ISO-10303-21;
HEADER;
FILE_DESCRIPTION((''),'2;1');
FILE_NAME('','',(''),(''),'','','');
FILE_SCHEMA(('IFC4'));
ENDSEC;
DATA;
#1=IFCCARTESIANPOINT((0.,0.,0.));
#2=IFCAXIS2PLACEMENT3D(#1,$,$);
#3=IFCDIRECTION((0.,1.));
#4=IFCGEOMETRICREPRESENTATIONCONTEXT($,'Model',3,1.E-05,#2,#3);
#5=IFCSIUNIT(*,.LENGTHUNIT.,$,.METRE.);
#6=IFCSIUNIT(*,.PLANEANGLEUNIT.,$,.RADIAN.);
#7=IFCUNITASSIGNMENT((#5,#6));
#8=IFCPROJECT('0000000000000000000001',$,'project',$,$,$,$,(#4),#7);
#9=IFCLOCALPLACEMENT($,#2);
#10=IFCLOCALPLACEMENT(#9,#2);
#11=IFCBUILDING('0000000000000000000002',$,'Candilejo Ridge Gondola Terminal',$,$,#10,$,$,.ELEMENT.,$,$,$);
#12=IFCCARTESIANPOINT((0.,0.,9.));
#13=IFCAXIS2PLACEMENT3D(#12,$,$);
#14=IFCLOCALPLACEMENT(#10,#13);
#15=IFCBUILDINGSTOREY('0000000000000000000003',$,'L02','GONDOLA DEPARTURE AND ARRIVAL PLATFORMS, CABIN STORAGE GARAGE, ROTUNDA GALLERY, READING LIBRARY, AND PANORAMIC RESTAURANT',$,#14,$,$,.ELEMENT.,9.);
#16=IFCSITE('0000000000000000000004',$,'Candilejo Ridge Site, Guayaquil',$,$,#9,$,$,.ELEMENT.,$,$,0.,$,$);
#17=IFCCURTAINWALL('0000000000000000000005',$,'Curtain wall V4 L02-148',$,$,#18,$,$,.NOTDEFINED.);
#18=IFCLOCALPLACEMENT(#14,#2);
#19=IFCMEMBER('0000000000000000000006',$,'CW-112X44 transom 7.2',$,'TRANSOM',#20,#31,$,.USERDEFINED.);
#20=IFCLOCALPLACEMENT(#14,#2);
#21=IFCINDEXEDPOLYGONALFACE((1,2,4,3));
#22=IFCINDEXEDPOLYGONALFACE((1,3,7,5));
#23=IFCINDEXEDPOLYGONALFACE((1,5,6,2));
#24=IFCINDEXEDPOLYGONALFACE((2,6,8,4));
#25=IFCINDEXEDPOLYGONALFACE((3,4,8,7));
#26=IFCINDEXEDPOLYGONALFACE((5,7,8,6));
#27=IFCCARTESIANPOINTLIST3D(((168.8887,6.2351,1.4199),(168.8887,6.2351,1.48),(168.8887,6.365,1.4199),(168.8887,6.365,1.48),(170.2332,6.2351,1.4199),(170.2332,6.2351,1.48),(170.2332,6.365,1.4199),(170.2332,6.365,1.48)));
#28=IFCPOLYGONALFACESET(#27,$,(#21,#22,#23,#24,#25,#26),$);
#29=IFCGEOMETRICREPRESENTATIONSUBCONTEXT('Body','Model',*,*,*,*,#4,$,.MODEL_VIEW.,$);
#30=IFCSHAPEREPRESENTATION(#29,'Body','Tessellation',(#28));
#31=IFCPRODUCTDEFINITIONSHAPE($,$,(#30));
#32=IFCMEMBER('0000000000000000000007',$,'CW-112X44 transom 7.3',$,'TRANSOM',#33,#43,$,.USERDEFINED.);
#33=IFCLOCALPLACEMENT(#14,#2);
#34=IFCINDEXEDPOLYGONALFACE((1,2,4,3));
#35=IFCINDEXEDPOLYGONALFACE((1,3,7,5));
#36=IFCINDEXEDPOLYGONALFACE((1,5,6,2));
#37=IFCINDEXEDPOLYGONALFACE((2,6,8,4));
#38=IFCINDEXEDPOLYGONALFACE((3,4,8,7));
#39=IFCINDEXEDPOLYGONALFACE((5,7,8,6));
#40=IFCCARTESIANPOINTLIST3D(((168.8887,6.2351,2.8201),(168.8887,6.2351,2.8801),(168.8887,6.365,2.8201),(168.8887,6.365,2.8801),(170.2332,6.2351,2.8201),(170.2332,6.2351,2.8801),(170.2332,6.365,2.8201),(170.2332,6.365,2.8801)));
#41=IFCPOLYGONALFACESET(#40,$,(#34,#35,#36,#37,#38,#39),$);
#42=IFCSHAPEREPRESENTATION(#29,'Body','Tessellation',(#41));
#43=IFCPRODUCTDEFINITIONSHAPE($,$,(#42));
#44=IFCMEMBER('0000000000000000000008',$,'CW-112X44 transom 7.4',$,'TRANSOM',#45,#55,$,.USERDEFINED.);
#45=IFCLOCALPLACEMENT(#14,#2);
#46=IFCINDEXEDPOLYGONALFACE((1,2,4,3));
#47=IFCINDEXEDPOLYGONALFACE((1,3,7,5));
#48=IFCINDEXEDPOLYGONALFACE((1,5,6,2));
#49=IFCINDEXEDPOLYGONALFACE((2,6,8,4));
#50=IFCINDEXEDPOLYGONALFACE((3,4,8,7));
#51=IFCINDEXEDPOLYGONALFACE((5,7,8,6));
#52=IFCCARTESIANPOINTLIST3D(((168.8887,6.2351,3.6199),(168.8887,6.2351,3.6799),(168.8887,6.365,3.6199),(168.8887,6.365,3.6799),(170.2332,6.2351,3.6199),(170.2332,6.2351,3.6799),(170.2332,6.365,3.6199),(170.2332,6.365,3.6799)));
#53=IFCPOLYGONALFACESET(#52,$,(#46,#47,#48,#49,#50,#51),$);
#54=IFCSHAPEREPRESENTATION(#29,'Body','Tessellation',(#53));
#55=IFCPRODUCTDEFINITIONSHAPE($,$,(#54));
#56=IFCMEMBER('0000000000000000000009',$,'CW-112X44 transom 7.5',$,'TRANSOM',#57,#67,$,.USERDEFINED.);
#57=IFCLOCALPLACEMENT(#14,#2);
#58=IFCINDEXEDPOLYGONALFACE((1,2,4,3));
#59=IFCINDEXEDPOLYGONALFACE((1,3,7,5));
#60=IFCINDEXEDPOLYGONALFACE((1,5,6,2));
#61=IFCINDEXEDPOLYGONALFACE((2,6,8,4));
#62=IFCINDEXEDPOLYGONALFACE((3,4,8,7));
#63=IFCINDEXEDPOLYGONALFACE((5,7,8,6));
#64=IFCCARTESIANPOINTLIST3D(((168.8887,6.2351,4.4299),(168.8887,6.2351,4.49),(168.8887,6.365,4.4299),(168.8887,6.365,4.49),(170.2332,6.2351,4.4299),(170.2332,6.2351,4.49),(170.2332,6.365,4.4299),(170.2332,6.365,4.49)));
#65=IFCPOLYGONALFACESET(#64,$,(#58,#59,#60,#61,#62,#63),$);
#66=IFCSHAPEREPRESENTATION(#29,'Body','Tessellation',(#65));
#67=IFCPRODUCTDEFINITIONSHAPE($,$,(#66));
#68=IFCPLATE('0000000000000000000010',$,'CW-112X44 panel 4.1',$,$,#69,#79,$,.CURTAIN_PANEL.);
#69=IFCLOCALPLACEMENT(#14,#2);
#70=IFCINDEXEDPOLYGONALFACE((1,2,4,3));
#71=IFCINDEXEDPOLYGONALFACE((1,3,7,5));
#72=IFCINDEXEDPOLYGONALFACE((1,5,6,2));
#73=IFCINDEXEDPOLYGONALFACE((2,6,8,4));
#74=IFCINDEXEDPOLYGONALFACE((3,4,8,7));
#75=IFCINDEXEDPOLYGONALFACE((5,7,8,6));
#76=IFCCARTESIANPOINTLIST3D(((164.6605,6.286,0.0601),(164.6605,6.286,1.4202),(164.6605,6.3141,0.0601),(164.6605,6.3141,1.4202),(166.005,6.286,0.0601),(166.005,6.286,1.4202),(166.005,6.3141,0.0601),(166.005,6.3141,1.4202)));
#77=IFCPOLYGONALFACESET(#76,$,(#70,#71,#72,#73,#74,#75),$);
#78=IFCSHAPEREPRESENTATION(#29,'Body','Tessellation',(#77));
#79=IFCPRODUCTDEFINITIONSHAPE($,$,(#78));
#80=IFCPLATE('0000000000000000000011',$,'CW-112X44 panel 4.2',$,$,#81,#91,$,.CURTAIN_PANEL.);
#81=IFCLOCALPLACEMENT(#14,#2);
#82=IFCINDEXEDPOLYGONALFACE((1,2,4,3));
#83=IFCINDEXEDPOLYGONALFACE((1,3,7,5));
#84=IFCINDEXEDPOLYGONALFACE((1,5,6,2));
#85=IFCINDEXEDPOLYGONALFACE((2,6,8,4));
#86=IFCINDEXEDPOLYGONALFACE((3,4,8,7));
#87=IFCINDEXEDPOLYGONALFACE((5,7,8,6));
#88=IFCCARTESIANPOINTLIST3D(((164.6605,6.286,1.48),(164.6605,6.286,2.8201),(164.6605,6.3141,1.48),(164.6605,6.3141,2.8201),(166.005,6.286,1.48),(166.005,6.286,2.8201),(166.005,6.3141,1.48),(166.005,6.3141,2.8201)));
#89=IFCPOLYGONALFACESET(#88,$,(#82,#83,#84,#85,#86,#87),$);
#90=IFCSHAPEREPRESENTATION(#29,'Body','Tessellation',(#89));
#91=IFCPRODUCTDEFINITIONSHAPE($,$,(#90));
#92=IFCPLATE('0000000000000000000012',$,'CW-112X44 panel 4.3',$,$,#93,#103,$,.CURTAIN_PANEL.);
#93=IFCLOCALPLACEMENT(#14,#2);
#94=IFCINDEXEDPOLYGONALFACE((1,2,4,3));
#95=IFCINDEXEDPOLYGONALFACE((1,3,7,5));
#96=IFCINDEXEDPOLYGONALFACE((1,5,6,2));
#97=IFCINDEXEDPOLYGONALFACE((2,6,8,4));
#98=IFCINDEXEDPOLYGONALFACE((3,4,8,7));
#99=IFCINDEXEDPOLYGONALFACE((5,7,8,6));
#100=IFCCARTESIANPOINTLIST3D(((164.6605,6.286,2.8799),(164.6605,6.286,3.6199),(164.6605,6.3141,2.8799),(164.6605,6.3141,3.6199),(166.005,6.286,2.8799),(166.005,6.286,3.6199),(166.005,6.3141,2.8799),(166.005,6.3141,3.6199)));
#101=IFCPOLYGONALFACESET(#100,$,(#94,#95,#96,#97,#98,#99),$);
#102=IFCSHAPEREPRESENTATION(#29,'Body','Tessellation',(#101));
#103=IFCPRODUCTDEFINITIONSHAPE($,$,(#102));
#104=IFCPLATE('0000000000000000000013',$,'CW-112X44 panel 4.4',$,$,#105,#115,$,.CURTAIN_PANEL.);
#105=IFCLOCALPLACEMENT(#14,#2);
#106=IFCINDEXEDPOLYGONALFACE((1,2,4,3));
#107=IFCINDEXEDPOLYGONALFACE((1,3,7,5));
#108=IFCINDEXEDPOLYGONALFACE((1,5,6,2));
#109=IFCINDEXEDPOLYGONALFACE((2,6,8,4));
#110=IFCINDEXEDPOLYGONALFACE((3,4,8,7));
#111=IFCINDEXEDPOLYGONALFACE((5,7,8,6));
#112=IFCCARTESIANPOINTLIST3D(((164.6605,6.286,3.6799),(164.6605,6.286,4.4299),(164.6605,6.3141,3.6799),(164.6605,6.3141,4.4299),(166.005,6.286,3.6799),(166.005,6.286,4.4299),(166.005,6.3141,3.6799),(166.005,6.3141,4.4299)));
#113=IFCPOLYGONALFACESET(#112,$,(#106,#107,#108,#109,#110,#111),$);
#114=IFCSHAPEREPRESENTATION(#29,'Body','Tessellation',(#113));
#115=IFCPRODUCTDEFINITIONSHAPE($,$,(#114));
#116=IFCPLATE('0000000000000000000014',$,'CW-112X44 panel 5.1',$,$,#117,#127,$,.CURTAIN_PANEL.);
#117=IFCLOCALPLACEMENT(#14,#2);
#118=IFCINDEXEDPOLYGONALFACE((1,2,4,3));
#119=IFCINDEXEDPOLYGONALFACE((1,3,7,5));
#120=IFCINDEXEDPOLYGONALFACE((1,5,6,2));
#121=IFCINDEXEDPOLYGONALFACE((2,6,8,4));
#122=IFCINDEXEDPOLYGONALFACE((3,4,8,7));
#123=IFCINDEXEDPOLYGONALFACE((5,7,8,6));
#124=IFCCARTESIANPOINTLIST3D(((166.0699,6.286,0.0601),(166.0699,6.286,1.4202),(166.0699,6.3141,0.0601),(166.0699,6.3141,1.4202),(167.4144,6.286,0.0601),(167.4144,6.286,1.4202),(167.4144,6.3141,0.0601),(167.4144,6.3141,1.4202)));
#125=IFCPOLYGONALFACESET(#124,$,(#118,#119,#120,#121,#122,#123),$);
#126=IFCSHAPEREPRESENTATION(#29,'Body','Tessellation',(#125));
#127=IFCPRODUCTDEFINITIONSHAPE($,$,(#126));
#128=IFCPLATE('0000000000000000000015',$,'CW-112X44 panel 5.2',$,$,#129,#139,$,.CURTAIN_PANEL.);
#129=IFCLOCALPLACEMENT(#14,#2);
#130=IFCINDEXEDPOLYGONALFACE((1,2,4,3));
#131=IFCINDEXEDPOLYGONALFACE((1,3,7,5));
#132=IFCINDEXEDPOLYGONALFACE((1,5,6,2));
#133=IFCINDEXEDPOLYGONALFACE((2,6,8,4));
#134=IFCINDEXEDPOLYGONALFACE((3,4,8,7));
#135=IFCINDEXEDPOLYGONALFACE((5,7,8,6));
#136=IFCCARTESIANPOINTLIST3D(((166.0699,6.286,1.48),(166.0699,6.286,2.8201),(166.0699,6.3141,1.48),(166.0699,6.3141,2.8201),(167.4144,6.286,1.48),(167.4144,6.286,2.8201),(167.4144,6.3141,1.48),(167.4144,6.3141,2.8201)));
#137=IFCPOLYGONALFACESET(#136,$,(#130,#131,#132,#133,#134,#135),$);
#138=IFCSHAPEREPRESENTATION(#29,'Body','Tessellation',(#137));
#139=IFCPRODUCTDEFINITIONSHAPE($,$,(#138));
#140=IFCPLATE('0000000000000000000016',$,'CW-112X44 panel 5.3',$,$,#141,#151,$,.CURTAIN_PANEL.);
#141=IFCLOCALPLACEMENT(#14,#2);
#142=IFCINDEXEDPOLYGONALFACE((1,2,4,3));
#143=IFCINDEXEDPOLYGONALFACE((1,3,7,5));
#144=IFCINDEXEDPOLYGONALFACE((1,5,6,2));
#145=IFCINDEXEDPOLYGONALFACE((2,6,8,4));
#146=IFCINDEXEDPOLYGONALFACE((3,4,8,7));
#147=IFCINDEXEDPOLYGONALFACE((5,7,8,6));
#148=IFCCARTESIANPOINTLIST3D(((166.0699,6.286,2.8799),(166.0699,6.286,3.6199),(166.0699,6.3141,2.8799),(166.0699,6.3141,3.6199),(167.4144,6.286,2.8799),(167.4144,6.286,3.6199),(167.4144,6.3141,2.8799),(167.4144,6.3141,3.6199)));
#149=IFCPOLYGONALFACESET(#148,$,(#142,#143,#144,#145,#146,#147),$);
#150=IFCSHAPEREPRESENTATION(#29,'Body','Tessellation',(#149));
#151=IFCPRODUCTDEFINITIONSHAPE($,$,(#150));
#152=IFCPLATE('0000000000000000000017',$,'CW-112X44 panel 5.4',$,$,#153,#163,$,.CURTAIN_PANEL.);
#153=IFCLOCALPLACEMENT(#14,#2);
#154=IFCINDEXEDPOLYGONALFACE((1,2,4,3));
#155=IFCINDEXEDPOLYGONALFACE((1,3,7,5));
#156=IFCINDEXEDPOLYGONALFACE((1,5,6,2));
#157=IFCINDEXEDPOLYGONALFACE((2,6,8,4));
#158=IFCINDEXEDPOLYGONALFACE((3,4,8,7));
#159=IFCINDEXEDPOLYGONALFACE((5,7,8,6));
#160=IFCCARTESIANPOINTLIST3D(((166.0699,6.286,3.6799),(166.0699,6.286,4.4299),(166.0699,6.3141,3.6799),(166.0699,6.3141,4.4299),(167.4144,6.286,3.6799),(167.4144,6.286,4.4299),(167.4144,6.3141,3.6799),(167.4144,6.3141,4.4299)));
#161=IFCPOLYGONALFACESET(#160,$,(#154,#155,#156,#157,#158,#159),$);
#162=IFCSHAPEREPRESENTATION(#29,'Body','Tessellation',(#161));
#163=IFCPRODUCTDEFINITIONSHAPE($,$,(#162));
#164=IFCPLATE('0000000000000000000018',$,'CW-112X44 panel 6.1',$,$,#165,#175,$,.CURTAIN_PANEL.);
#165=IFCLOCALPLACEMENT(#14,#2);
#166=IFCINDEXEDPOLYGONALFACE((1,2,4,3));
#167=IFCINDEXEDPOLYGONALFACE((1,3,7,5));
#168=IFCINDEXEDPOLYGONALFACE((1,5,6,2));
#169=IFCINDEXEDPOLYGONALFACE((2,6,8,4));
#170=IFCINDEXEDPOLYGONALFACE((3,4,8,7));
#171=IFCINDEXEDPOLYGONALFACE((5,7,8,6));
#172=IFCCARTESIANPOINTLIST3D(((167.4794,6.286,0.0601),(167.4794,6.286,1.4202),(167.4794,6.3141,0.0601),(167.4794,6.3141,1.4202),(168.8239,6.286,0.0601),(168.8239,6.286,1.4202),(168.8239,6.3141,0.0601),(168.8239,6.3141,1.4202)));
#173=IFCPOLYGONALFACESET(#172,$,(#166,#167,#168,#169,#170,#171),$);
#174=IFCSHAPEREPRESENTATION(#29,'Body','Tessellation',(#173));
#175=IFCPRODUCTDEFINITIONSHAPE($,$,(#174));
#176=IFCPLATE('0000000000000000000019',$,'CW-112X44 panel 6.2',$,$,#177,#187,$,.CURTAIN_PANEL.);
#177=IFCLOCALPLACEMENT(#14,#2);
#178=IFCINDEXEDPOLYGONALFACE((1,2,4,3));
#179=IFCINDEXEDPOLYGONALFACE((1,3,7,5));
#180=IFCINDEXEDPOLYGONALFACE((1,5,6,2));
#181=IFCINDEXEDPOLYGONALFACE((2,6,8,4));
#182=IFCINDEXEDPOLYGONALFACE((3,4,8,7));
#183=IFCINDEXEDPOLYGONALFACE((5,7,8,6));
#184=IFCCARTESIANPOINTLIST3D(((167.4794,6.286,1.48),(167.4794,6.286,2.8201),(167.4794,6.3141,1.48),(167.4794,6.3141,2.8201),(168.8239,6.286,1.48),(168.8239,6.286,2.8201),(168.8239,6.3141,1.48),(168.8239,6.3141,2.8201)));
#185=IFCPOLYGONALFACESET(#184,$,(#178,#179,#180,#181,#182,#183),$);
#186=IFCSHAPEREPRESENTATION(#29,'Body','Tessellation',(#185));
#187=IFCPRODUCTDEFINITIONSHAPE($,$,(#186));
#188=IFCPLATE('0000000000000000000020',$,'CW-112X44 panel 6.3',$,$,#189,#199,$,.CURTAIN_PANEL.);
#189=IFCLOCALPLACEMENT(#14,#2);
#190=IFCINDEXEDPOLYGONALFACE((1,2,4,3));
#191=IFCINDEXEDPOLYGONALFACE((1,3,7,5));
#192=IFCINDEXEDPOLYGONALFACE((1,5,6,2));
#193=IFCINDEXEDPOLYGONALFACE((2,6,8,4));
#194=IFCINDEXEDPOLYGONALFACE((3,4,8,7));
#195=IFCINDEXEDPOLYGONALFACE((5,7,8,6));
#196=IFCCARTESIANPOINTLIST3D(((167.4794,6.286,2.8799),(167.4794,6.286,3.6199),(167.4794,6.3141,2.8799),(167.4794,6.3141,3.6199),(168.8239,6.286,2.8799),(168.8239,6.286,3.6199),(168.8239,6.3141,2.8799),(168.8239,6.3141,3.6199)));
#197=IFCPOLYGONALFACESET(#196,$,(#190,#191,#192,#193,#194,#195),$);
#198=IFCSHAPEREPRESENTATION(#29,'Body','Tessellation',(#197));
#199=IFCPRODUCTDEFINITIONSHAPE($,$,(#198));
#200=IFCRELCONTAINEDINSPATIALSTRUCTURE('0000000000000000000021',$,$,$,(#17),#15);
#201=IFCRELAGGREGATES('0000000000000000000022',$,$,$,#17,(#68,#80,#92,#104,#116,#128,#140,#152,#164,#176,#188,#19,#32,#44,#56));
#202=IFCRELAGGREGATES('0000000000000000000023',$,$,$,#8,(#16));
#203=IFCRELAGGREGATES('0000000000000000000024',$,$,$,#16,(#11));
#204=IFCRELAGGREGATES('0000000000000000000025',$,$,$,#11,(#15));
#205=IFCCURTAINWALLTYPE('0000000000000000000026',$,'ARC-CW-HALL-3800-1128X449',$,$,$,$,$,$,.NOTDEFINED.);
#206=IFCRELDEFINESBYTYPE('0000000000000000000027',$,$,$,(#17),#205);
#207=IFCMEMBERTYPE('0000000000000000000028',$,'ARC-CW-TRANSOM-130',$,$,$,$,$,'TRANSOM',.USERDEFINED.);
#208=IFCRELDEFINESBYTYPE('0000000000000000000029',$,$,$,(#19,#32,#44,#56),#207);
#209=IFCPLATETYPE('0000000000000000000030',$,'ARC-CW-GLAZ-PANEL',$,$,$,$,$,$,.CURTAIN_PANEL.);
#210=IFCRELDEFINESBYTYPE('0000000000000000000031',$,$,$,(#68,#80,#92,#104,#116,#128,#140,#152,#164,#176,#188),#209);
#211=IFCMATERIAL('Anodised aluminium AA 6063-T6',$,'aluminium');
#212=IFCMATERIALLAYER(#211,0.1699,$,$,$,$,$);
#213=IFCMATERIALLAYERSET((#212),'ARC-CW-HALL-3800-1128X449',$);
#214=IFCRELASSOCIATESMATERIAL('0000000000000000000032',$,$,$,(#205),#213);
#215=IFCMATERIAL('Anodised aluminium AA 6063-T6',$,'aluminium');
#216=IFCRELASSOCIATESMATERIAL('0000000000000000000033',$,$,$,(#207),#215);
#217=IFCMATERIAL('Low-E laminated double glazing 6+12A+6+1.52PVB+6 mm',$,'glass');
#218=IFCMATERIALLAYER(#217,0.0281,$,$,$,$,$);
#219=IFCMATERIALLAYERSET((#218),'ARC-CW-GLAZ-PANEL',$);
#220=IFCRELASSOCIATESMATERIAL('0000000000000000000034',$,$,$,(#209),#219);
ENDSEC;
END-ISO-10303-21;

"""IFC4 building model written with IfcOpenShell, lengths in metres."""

from ifc_helpers import new_model, si_unit, direction, frame, origin, origin_2d, place, context, subcontext, project, spatial, rectangle, extrude, material, layer, layer_set, material_profile, profile_set, type_object, element, aggregate, save


model = new_model("IFC4")

# Units and contexts
model_context = context("Model", 3, precision=1e-05, world=origin(), true_north=direction((0.0, 1.0)))
body_context = subcontext(model_context, "Body", "Model", "MODEL_VIEW")
ifc_project = project(units=[si_unit("LENGTHUNIT", "METRE"), si_unit("PLANEANGLEUNIT", "RADIAN")], contexts=[model_context])

# Site, building, storey
site_placement = place(None, origin())
site = spatial("IfcSite", under=ifc_project, at=site_placement, Name="Candilejo Ridge Site, Guayaquil", CompositionType="ELEMENT", RefElevation=0.0)
building_placement = place(site_placement, origin())
building = spatial("IfcBuilding", under=site, at=building_placement, Name="Candilejo Ridge Gondola Terminal", CompositionType="ELEMENT")
storey_placement = place(building_placement, frame((0.0, 0.0, 9.0)))
storey = spatial("IfcBuildingStorey", under=building, at=storey_placement, Name="L02", Description="GONDOLA DEPARTURE AND ARRIVAL PLATFORMS, CABIN STORAGE GARAGE, ROTUNDA GALLERY, READING LIBRARY, AND PANORAMIC RESTAURANT", CompositionType="ELEMENT", Elevation=9.0)

# Curtain wall, members, plates
ifc_material_1 = material(Name="Anodised aluminium AA 6063-T6", Category="aluminium")
ifc_layer_1 = layer(ifc_material_1, 0.1699)
ifc_layer_set_1 = layer_set([ifc_layer_1], Name="ARC-CW-HALL-3800-1128X449")
curtain_wall_type = type_object("IfcCurtainWallType", Name="ARC-CW-HALL-3800-1128X449", PredefinedType="NOTDEFINED", material=ifc_layer_set_1)
curtain_wall_placement = place(storey_placement, origin())
curtain_wall = element("IfcCurtainWall", 1, at=curtain_wall_placement, inside=storey, type_object=curtain_wall_type, Name="Curtain wall V4 L02-148", PredefinedType="NOTDEFINED")
ifc_material_2 = material(Name="Anodised aluminium AA 6063-T6", Category="aluminium")
ifc_material_profile_1 = material_profile(ifc_material_2, rectangle(XDim=0.1299, YDim=0.0601, at=origin_2d()))
ifc_profile_set_1 = profile_set([ifc_material_profile_1], Name="Anodised aluminium AA 6063-T6")
member_type_1 = type_object("IfcMemberType", Name="ARC-CW-TRANSOM-130", ElementType="TRANSOM", PredefinedType="USERDEFINED", material=ifc_profile_set_1)
member_1_placement = place(storey_placement, frame((168.8887, 6.3, 1.45), z_axis=(1.0, 0.0, 0.0), x_axis=(0.0, 1.0, 0.0)))
member_1 = element("IfcMember", 2, at=member_1_placement, type_object=member_type_1, Name="CW-112X44 transom 7.2", ObjectType="TRANSOM", PredefinedType="USERDEFINED", context=body_context, shape_type="SweptSolid", body=[
    extrude(rectangle(XDim=0.1299, YDim=0.0601, at=origin_2d()), origin(), (0.0, 0.0, 1.0), 1.3445),
])
member_2_placement = place(storey_placement, frame((168.8887, 6.3, 2.8501), z_axis=(1.0, 0.0, 0.0), x_axis=(0.0, 1.0, 0.0)))
member_2 = element("IfcMember", 3, at=member_2_placement, type_object=member_type_1, Name="CW-112X44 transom 7.3", ObjectType="TRANSOM", PredefinedType="USERDEFINED", context=body_context, shape_type="SweptSolid", body=[
    extrude(rectangle(XDim=0.1299, YDim=0.0601, at=origin_2d()), origin(), (0.0, 0.0, 1.0), 1.3445),
])
member_3_placement = place(storey_placement, frame((168.8887, 6.3, 3.6499), z_axis=(1.0, 0.0, 0.0), x_axis=(0.0, 1.0, 0.0)))
member_3 = element("IfcMember", 4, at=member_3_placement, type_object=member_type_1, Name="CW-112X44 transom 7.4", ObjectType="TRANSOM", PredefinedType="USERDEFINED", context=body_context, shape_type="SweptSolid", body=[
    extrude(rectangle(XDim=0.1299, YDim=0.0601, at=origin_2d()), origin(), (0.0, 0.0, 1.0), 1.3445),
])
member_4_placement = place(storey_placement, frame((168.8887, 6.3, 4.46), z_axis=(1.0, 0.0, 0.0), x_axis=(0.0, 1.0, 0.0)))
member_4 = element("IfcMember", 5, at=member_4_placement, type_object=member_type_1, Name="CW-112X44 transom 7.5", ObjectType="TRANSOM", PredefinedType="USERDEFINED", context=body_context, shape_type="SweptSolid", body=[
    extrude(rectangle(XDim=0.1299, YDim=0.0601, at=origin_2d()), origin(), (0.0, 0.0, 1.0), 1.3445),
])
ifc_material_3 = material(Name="Low-E laminated double glazing 6+12A+6+1.52PVB+6 mm", Category="glass")
ifc_layer_2 = layer(ifc_material_3, 0.0281)
ifc_layer_set_2 = layer_set([ifc_layer_2], Name="ARC-CW-GLAZ-PANEL")
plate_type = type_object("IfcPlateType", Name="ARC-CW-GLAZ-PANEL", PredefinedType="CURTAIN_PANEL", material=ifc_layer_set_2)
plate_1_placement = place(storey_placement, frame((165.3328, 6.3, 0.0601), z_axis=(0.0, 0.0, 1.0), x_axis=(1.0, 0.0, 0.0)))
plate_1 = element("IfcPlate", 6, at=plate_1_placement, type_object=plate_type, Name="CW-112X44 panel 4.1", PredefinedType="CURTAIN_PANEL", context=body_context, shape_type="SweptSolid", body=[
    extrude(rectangle(XDim=1.3445, YDim=0.0281, at=origin_2d()), origin(), (0.0, 0.0, 1.0), 1.3601),
])
plate_2_placement = place(storey_placement, frame((165.3328, 6.3, 1.48), z_axis=(0.0, 0.0, 1.0), x_axis=(1.0, 0.0, 0.0)))
plate_2 = element("IfcPlate", 7, at=plate_2_placement, type_object=plate_type, Name="CW-112X44 panel 4.2", PredefinedType="CURTAIN_PANEL", context=body_context, shape_type="SweptSolid", body=[
    extrude(rectangle(XDim=1.3445, YDim=0.0281, at=origin_2d()), origin(), (0.0, 0.0, 1.0), 1.3401),
])
plate_3_placement = place(storey_placement, frame((165.3328, 6.3, 2.8799), z_axis=(0.0, 0.0, 1.0), x_axis=(1.0, 0.0, 0.0)))
plate_3 = element("IfcPlate", 8, at=plate_3_placement, type_object=plate_type, Name="CW-112X44 panel 4.3", PredefinedType="CURTAIN_PANEL", context=body_context, shape_type="SweptSolid", body=[
    extrude(rectangle(XDim=1.3445, YDim=0.0281, at=origin_2d()), origin(), (0.0, 0.0, 1.0), 0.74),
])
plate_4_placement = place(storey_placement, frame((165.3328, 6.3, 3.6799), z_axis=(0.0, 0.0, 1.0), x_axis=(1.0, 0.0, 0.0)))
plate_4 = element("IfcPlate", 9, at=plate_4_placement, type_object=plate_type, Name="CW-112X44 panel 4.4", PredefinedType="CURTAIN_PANEL", context=body_context, shape_type="SweptSolid", body=[
    extrude(rectangle(XDim=1.3445, YDim=0.0281, at=origin_2d()), origin(), (0.0, 0.0, 1.0), 0.75),
])
plate_5_placement = place(storey_placement, frame((166.7422, 6.3, 0.0601), z_axis=(0.0, 0.0, 1.0), x_axis=(1.0, 0.0, 0.0)))
plate_5 = element("IfcPlate", 10, at=plate_5_placement, type_object=plate_type, Name="CW-112X44 panel 5.1", PredefinedType="CURTAIN_PANEL", context=body_context, shape_type="SweptSolid", body=[
    extrude(rectangle(XDim=1.3445, YDim=0.0281, at=origin_2d()), origin(), (0.0, 0.0, 1.0), 1.3601),
])
plate_6_placement = place(storey_placement, frame((166.7422, 6.3, 1.48), z_axis=(0.0, 0.0, 1.0), x_axis=(1.0, 0.0, 0.0)))
plate_6 = element("IfcPlate", 11, at=plate_6_placement, type_object=plate_type, Name="CW-112X44 panel 5.2", PredefinedType="CURTAIN_PANEL", context=body_context, shape_type="SweptSolid", body=[
    extrude(rectangle(XDim=1.3445, YDim=0.0281, at=origin_2d()), origin(), (0.0, 0.0, 1.0), 1.3401),
])
plate_7_placement = place(storey_placement, frame((166.7422, 6.3, 2.8799), z_axis=(0.0, 0.0, 1.0), x_axis=(1.0, 0.0, 0.0)))
plate_7 = element("IfcPlate", 12, at=plate_7_placement, type_object=plate_type, Name="CW-112X44 panel 5.3", PredefinedType="CURTAIN_PANEL", context=body_context, shape_type="SweptSolid", body=[
    extrude(rectangle(XDim=1.3445, YDim=0.0281, at=origin_2d()), origin(), (0.0, 0.0, 1.0), 0.74),
])
plate_8_placement = place(storey_placement, frame((166.7422, 6.3, 3.6799), z_axis=(0.0, 0.0, 1.0), x_axis=(1.0, 0.0, 0.0)))
plate_8 = element("IfcPlate", 13, at=plate_8_placement, type_object=plate_type, Name="CW-112X44 panel 5.4", PredefinedType="CURTAIN_PANEL", context=body_context, shape_type="SweptSolid", body=[
    extrude(rectangle(XDim=1.3445, YDim=0.0281, at=origin_2d()), origin(), (0.0, 0.0, 1.0), 0.75),
])
plate_9_placement = place(storey_placement, frame((168.1516, 6.3, 0.0601), z_axis=(0.0, 0.0, 1.0), x_axis=(1.0, 0.0, 0.0)))
plate_9 = element("IfcPlate", 14, at=plate_9_placement, type_object=plate_type, Name="CW-112X44 panel 6.1", PredefinedType="CURTAIN_PANEL", context=body_context, shape_type="SweptSolid", body=[
    extrude(rectangle(XDim=1.3445, YDim=0.0281, at=origin_2d()), origin(), (0.0, 0.0, 1.0), 1.3601),
])
plate_10_placement = place(storey_placement, frame((168.1516, 6.3, 1.48), z_axis=(0.0, 0.0, 1.0), x_axis=(1.0, 0.0, 0.0)))
plate_10 = element("IfcPlate", 15, at=plate_10_placement, type_object=plate_type, Name="CW-112X44 panel 6.2", PredefinedType="CURTAIN_PANEL", context=body_context, shape_type="SweptSolid", body=[
    extrude(rectangle(XDim=1.3445, YDim=0.0281, at=origin_2d()), origin(), (0.0, 0.0, 1.0), 1.3401),
])
plate_11_placement = place(storey_placement, frame((168.1516, 6.3, 2.8799), z_axis=(0.0, 0.0, 1.0), x_axis=(1.0, 0.0, 0.0)))
plate_11 = element("IfcPlate", 16, at=plate_11_placement, type_object=plate_type, Name="CW-112X44 panel 6.3", PredefinedType="CURTAIN_PANEL", context=body_context, shape_type="SweptSolid", body=[
    extrude(rectangle(XDim=1.3445, YDim=0.0281, at=origin_2d()), origin(), (0.0, 0.0, 1.0), 0.74),
])
aggregate(curtain_wall, [plate_1, plate_2, plate_3, plate_4, plate_5, plate_6, plate_7, plate_8, plate_9, plate_10, plate_11, member_1, member_2, member_3, member_4])

save(model, "model.ifc")
